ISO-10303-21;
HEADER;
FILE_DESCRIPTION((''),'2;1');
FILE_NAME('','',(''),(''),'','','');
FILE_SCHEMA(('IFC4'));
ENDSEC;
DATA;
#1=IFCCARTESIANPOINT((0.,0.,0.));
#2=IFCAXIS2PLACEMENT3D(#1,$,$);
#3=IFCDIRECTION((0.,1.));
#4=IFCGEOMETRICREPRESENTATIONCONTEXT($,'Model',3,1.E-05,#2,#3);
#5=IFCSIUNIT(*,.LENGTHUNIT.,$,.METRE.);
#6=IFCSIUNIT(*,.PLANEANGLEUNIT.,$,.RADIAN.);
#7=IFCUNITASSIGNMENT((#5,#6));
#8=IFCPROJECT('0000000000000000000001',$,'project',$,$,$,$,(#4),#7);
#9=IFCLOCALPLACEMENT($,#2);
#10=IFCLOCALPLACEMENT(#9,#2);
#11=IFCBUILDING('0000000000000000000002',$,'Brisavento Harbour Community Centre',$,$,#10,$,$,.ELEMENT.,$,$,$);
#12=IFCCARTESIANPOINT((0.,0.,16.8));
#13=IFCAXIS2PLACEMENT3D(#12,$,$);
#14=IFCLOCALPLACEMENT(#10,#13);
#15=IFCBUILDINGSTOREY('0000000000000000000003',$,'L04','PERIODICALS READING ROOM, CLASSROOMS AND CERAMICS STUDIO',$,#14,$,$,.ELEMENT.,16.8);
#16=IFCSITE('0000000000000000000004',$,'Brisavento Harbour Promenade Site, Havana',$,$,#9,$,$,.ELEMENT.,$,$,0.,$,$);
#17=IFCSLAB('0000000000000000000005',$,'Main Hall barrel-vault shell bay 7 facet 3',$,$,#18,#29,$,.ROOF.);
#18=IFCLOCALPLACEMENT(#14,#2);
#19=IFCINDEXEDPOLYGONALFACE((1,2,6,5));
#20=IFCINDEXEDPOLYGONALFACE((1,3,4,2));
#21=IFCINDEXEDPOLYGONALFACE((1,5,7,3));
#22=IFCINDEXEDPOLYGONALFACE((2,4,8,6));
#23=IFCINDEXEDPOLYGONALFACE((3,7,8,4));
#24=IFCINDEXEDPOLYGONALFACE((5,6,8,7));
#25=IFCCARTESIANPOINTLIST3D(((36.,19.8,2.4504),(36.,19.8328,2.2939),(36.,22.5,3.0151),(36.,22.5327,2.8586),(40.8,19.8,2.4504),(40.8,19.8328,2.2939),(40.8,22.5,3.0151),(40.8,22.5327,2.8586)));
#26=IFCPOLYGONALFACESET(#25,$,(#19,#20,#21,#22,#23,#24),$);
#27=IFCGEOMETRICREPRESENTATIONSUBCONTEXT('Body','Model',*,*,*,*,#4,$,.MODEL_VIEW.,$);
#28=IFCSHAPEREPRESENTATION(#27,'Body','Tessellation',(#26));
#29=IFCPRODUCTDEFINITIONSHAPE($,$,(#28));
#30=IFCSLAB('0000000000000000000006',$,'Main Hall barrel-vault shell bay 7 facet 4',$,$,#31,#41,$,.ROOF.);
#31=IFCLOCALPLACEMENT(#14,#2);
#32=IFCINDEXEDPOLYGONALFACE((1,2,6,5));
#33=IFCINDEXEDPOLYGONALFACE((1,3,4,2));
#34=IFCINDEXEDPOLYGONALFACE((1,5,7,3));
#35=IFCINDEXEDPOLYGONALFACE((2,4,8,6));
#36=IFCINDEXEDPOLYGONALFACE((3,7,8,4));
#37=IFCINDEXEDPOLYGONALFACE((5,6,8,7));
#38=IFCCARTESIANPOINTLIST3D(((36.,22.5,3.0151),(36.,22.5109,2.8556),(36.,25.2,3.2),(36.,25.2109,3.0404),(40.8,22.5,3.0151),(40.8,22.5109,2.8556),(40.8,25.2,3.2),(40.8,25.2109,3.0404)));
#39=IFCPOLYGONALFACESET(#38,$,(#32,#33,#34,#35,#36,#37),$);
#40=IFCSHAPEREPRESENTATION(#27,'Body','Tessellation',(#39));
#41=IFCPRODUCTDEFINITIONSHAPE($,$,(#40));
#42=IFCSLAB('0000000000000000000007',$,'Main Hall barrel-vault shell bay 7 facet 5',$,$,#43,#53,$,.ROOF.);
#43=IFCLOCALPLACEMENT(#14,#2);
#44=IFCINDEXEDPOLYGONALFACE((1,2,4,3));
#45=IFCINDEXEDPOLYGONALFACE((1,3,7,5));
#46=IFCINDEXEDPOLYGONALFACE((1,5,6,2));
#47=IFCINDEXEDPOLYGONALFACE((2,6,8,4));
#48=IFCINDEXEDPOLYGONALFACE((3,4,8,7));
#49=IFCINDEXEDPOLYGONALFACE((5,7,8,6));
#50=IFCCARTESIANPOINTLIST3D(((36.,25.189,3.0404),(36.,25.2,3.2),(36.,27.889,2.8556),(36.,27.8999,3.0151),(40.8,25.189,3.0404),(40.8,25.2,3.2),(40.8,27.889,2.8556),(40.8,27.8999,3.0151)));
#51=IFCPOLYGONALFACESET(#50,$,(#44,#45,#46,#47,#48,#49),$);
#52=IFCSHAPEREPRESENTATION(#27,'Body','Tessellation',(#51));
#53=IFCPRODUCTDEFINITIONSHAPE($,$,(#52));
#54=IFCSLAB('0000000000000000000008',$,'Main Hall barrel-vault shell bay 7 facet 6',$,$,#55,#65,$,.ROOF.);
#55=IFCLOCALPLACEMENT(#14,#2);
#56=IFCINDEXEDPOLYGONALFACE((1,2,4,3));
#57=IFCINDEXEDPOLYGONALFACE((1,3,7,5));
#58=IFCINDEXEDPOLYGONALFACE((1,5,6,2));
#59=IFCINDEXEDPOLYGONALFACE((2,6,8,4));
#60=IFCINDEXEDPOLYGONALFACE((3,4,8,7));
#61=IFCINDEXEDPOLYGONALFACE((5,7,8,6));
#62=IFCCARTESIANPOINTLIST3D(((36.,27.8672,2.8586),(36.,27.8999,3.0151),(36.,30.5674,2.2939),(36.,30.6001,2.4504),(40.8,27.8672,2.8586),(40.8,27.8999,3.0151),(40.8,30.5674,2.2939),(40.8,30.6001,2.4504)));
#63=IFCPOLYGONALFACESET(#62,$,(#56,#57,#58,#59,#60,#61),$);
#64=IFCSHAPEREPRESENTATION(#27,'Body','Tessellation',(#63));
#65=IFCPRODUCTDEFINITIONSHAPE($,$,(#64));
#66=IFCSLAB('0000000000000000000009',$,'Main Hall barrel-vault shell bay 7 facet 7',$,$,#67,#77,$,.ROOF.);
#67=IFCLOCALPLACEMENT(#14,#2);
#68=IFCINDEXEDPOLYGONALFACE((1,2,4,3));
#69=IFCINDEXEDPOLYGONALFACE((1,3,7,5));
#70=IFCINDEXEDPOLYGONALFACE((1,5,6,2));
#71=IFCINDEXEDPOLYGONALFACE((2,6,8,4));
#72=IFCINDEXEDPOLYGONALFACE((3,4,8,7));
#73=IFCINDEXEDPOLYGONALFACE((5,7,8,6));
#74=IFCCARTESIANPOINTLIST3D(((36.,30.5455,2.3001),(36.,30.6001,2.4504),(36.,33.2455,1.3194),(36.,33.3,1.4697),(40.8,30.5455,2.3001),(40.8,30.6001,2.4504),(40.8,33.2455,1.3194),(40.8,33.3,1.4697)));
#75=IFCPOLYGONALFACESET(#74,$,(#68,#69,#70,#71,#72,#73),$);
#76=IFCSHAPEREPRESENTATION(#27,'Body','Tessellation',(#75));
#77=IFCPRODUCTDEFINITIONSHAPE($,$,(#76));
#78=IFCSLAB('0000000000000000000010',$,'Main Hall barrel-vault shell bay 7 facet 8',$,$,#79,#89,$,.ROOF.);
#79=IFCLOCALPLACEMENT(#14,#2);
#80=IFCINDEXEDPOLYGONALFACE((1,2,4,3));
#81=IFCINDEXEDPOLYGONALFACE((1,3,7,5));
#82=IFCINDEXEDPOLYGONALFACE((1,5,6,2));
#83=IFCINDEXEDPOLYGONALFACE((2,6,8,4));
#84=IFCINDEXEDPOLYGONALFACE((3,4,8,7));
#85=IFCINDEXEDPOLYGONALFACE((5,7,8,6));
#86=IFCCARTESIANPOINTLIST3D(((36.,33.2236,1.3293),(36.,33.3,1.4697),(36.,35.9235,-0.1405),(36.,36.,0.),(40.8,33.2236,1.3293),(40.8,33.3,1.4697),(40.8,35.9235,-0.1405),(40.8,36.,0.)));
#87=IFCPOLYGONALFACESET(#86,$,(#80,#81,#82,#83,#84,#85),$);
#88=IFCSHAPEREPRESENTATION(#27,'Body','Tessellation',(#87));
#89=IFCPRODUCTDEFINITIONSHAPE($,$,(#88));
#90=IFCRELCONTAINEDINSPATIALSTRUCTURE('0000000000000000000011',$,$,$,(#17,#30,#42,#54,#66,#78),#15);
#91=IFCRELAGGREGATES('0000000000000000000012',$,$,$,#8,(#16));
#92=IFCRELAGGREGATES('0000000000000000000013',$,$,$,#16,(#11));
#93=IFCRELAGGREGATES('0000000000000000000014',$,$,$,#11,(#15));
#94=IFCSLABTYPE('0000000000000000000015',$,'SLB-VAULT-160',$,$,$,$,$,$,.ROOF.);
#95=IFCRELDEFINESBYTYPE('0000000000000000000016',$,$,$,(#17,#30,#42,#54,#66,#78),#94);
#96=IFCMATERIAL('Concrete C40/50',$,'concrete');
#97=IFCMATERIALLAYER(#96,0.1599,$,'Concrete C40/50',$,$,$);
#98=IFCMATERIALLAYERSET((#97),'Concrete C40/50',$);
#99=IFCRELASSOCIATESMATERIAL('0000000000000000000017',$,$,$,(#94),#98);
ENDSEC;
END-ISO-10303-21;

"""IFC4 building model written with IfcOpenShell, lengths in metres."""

from ifc_helpers import new_model, si_unit, direction, frame, origin, place, context, subcontext, project, spatial, polyline, outline, extrude, material, layer, layer_set, type_object, element, save


model = new_model("IFC4")

# Units and contexts
model_context = context("Model", 3, precision=1e-05, world=origin(), true_north=direction((0.0, 1.0)))
body_context = subcontext(model_context, "Body", "Model", "MODEL_VIEW")
ifc_project = project(units=[si_unit("LENGTHUNIT", "METRE"), si_unit("PLANEANGLEUNIT", "RADIAN")], contexts=[model_context])

# Site, building, storey
site_placement = place(None, origin())
site = spatial("IfcSite", under=ifc_project, at=site_placement, Name="Brisavento Harbour Promenade Site, Havana", CompositionType="ELEMENT", RefElevation=0.0)
building_placement = place(site_placement, origin())
building = spatial("IfcBuilding", under=site, at=building_placement, Name="Brisavento Harbour Community Centre", CompositionType="ELEMENT")
storey_placement = place(building_placement, frame((0.0, 0.0, 16.8)))
storey = spatial("IfcBuildingStorey", under=building, at=storey_placement, Name="L04", Description="PERIODICALS READING ROOM, CLASSROOMS AND CERAMICS STUDIO", CompositionType="ELEMENT", Elevation=16.8)

# Shared definitions
ifc_material = material(Name="Concrete C40/50", Category="concrete")

# Slabs
ifc_layer = layer(ifc_material, 0.1599, Name="Concrete C40/50")
ifc_layer_set = layer_set([ifc_layer], Name="Concrete C40/50")
slab_type = type_object("IfcSlabType", Name="SLB-VAULT-160", PredefinedType="ROOF", material=ifc_layer_set)
slab_1_placement = place(storey_placement, frame((36.0, 19.8, 2.4504), z_axis=(0.0, -0.204721, 0.97882), x_axis=(1.0, 0.0, 0.0)))
element("IfcSlab", 1, at=slab_1_placement, inside=storey, type_object=slab_type, Name="Main Hall barrel-vault shell bay 7 facet 3", PredefinedType="ROOF", context=body_context, shape_type="SweptSolid", body=[
    extrude(outline(polyline([(0.0, 0.0), (4.8, 0.0), (4.8, 2.7584), (0.0, 2.7584), (0.0, 0.0)])), origin(), (0.0, 0.0, -1.0), 0.1599),
])
for number, where, z_axis, x_axis, name in (
    (2, (36.0, 22.5, 3.0151), (0.0, -0.068291, 0.997665), (1.0, 0.0, 0.0), "Main Hall barrel-vault shell bay 7 facet 4"),
    (3, (36.0, 25.2, 3.2), (0.0, 0.068291, 0.997665), (1.0, 0.0, 0.0), "Main Hall barrel-vault shell bay 7 facet 5"),
):
    element("IfcSlab", number, at=place(storey_placement, frame(where, z_axis=z_axis, x_axis=x_axis)), inside=storey, type_object=slab_type, Name=name, PredefinedType="ROOF", context=body_context, shape_type="SweptSolid", body=[
        extrude(outline(polyline([(0.0, 0.0), (4.8, 0.0), (4.8, 2.7063), (0.0, 2.7063), (0.0, 0.0)])), origin(), (0.0, 0.0, -1.0), 0.1599),
    ])
slab_2_placement = place(storey_placement, frame((36.0, 27.8999, 3.0151), z_axis=(0.0, 0.204703, 0.978824), x_axis=(1.0, 0.0, 0.0)))
element("IfcSlab", 4, at=slab_2_placement, inside=storey, type_object=slab_type, Name="Main Hall barrel-vault shell bay 7 facet 6", PredefinedType="ROOF", context=body_context, shape_type="SweptSolid", body=[
    extrude(outline(polyline([(0.0, 0.0), (4.8, 0.0), (4.8, 2.7586), (0.0, 2.7586), (0.0, 0.0)])), origin(), (0.0, 0.0, -1.0), 0.1599),
])
slab_3_placement = place(storey_placement, frame((36.0, 30.6001, 2.4504), z_axis=(0.0, 0.341409, 0.939915), x_axis=(1.0, 0.0, 0.0)))
element("IfcSlab", 5, at=slab_3_placement, inside=storey, type_object=slab_type, Name="Main Hall barrel-vault shell bay 7 facet 7", PredefinedType="ROOF", context=body_context, shape_type="SweptSolid", body=[
    extrude(outline(polyline([(0.0, 0.0), (4.8, 0.0), (4.8, 2.8725), (0.0, 2.8725), (0.0, 0.0)])), origin(), (0.0, 0.0, -1.0), 0.1599),
])
slab_4_placement = place(storey_placement, frame((36.0, 33.3, 1.4697), z_axis=(0.0, 0.478106, 0.878302), x_axis=(1.0, 0.0, 0.0)))
element("IfcSlab", 6, at=slab_4_placement, inside=storey, type_object=slab_type, Name="Main Hall barrel-vault shell bay 7 facet 8", PredefinedType="ROOF", context=body_context, shape_type="SweptSolid", body=[
    extrude(outline(polyline([(0.0, 0.0), (4.8, 0.0), (4.8, 3.0741), (0.0, 3.0741), (0.0, 0.0)])), origin(), (0.0, 0.0, -1.0), 0.1599),
])

save(model, "model.ifc")
